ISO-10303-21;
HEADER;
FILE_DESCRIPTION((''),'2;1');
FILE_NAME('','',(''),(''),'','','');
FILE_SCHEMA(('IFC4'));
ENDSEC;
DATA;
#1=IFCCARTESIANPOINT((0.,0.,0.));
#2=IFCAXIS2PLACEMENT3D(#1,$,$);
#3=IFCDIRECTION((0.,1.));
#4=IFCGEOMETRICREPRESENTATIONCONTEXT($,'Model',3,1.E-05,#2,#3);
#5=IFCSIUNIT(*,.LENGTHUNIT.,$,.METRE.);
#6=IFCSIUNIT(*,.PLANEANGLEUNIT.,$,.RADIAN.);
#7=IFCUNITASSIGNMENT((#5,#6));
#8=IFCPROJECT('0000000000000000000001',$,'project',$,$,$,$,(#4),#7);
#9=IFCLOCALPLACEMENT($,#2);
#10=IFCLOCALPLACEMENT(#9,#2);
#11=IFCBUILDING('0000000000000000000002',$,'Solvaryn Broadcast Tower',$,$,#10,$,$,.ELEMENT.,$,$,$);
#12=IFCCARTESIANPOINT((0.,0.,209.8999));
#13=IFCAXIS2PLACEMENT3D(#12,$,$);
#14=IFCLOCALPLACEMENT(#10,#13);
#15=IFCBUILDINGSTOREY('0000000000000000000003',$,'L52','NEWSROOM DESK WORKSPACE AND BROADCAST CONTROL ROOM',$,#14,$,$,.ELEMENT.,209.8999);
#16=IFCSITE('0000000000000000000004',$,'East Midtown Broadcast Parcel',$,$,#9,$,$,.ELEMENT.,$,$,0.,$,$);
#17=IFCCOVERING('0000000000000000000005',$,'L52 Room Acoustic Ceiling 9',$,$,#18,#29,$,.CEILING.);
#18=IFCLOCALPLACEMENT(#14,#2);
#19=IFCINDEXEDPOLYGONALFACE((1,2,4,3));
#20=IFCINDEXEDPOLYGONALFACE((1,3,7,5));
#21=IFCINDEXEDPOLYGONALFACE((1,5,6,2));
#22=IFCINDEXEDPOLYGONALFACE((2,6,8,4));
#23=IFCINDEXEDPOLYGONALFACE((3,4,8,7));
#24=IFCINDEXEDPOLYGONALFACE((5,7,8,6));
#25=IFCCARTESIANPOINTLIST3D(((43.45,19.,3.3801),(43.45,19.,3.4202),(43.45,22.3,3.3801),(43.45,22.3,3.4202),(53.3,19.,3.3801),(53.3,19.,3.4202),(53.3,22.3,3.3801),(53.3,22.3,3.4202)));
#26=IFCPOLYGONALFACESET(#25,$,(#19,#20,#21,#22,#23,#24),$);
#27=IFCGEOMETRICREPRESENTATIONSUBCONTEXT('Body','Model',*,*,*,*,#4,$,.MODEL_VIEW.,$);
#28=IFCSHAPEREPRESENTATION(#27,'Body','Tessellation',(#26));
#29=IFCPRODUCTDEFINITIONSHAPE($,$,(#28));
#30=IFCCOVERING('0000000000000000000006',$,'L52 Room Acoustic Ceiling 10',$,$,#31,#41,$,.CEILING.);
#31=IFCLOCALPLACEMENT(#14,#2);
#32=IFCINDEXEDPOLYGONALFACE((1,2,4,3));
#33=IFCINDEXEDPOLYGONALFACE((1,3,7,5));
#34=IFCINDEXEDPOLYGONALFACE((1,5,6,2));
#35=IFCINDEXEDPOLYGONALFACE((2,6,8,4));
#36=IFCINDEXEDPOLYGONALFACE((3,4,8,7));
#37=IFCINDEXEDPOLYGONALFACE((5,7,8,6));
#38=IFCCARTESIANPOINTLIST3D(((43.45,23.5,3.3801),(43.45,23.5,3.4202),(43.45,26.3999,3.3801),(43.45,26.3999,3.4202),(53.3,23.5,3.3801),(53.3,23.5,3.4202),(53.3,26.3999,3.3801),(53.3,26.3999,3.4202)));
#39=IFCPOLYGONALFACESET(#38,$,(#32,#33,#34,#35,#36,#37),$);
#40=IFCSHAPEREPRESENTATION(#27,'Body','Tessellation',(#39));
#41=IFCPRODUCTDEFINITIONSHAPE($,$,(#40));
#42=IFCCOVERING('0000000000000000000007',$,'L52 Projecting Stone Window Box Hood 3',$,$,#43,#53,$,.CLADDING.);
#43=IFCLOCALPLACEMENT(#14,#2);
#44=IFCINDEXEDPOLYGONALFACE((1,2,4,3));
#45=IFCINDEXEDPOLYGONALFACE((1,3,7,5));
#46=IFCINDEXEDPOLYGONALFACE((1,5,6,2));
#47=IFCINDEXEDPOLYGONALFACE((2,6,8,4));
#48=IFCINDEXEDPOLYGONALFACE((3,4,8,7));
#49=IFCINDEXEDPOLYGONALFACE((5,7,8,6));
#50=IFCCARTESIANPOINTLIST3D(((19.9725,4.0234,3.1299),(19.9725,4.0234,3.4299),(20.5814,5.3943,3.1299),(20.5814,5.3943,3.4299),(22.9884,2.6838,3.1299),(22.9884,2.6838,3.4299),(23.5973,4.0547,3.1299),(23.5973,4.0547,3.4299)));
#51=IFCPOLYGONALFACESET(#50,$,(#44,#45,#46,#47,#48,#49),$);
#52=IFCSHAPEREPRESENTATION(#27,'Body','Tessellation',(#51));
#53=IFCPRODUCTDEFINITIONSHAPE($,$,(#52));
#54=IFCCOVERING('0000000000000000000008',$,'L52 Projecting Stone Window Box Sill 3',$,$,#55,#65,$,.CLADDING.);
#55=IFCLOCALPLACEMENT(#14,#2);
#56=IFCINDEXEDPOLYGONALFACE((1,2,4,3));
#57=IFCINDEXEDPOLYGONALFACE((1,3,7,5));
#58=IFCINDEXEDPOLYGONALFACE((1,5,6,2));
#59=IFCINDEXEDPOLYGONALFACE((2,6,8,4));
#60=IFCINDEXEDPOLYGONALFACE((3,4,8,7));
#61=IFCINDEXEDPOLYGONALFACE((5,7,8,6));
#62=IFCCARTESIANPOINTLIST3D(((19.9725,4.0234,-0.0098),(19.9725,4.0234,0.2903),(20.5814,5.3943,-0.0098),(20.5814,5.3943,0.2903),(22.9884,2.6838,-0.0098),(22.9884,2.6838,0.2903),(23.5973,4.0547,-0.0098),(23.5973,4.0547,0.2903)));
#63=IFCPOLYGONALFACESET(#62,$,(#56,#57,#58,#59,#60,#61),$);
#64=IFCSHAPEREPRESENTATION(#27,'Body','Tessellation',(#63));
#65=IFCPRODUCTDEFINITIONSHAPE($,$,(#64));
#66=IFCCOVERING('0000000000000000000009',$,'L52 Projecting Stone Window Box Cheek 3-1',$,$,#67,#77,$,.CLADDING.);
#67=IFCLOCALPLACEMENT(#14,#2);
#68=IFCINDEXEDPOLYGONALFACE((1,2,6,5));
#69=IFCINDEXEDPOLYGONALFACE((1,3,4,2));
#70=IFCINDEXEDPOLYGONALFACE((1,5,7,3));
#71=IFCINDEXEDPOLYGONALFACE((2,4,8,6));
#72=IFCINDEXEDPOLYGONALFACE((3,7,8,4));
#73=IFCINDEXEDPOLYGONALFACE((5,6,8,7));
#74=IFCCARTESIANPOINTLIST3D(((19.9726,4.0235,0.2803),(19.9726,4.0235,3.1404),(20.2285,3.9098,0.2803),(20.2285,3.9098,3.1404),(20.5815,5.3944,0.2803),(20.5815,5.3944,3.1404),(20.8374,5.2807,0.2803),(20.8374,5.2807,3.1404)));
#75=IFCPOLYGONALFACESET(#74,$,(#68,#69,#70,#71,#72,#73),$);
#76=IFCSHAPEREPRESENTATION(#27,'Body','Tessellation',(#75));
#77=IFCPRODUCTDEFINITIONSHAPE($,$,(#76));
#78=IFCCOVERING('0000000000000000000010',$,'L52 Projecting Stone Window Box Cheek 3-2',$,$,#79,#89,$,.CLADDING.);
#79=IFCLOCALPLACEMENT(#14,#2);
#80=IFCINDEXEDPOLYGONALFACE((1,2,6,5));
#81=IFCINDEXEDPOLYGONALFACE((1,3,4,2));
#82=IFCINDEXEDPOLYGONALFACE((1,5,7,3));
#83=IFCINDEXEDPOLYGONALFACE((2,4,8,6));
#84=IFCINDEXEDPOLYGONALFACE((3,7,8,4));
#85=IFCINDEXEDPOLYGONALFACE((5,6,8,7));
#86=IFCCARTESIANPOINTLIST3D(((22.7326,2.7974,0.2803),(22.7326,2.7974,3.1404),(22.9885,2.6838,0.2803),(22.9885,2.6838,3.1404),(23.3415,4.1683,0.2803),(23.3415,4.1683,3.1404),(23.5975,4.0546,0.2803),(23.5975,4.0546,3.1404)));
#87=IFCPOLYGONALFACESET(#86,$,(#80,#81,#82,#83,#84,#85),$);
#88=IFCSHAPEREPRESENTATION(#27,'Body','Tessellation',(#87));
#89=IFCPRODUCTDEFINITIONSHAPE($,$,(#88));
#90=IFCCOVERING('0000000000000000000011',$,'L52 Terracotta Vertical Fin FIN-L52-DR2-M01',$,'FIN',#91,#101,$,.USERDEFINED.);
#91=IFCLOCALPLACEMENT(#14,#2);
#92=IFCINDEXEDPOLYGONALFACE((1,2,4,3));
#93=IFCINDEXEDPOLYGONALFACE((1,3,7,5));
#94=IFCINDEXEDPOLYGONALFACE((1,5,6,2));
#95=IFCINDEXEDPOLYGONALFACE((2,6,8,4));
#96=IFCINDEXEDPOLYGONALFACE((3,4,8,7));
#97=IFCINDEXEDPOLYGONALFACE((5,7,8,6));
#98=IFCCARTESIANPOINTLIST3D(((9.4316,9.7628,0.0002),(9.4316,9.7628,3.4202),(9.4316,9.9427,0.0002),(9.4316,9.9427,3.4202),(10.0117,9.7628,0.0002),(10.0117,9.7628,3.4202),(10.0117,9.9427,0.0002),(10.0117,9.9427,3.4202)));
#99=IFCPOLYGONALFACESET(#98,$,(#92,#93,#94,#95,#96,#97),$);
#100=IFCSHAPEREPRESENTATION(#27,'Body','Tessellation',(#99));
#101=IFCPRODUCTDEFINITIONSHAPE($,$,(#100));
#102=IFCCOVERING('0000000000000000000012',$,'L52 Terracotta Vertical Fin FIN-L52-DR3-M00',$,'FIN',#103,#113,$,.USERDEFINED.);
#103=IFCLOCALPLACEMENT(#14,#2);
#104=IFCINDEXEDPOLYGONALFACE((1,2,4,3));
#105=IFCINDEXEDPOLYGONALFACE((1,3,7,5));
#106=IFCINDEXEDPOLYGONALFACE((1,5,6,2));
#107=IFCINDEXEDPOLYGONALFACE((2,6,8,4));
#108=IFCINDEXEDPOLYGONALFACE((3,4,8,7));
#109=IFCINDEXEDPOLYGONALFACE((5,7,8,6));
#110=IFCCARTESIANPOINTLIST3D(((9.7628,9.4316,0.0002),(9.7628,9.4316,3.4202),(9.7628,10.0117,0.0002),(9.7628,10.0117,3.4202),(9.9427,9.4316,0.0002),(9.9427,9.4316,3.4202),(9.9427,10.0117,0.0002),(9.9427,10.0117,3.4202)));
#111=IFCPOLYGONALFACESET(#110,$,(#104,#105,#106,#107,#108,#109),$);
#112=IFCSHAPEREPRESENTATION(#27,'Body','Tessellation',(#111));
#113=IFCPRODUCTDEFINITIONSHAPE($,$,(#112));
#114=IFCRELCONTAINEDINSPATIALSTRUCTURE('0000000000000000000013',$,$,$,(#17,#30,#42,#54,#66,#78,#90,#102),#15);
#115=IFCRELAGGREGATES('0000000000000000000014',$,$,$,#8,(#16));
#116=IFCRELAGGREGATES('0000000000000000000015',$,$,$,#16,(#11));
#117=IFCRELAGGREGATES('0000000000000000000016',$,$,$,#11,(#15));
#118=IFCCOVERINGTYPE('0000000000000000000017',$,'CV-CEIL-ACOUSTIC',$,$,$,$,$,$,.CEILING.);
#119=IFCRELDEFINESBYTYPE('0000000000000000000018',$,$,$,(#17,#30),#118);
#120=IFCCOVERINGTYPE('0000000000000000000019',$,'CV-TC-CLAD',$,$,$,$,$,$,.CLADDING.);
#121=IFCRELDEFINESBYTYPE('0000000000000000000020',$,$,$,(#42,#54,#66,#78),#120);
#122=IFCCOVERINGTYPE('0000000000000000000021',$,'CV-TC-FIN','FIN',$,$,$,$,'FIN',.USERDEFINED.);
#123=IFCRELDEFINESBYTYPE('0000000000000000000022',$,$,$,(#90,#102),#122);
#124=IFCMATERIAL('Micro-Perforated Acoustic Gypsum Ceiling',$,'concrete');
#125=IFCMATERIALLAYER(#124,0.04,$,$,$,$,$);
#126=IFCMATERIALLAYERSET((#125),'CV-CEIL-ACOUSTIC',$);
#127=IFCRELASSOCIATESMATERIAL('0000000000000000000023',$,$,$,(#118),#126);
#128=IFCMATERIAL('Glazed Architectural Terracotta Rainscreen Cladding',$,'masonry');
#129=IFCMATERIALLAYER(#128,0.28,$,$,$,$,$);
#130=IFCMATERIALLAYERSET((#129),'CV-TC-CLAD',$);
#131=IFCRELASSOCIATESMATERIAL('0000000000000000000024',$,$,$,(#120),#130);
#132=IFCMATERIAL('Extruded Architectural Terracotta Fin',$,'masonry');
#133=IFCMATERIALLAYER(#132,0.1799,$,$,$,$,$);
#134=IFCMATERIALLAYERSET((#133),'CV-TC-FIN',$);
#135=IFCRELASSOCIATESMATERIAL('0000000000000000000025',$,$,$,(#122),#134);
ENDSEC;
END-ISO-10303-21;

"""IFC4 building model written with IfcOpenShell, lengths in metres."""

from ifc_helpers import new_model, si_unit, direction, frame, origin, origin_2d, place, context, subcontext, project, spatial, polyline, rectangle, outline, extrude, material, layer, layer_set, type_object, element, save


model = new_model("IFC4")

# Units and contexts
model_context = context("Model", 3, precision=1e-05, world=origin(), true_north=direction((0.0, 1.0)))
body_context = subcontext(model_context, "Body", "Model", "MODEL_VIEW")
ifc_project = project(units=[si_unit("LENGTHUNIT", "METRE"), si_unit("PLANEANGLEUNIT", "RADIAN")], contexts=[model_context])

# Site, building, storey
site_placement = place(None, origin())
site = spatial("IfcSite", under=ifc_project, at=site_placement, Name="East Midtown Broadcast Parcel", CompositionType="ELEMENT", RefElevation=0.0)
building_placement = place(site_placement, origin())
building = spatial("IfcBuilding", under=site, at=building_placement, Name="Solvaryn Broadcast Tower", CompositionType="ELEMENT")
storey_placement = place(building_placement, frame((0.0, 0.0, 209.8999)))
storey = spatial("IfcBuildingStorey", under=building, at=storey_placement, Name="L52", Description="NEWSROOM DESK WORKSPACE AND BROADCAST CONTROL ROOM", CompositionType="ELEMENT", Elevation=209.8999)

# Coverings
ifc_material_1 = material(Name="Micro-Perforated Acoustic Gypsum Ceiling", Category="concrete")
ifc_layer_1 = layer(ifc_material_1, 0.04)
ifc_layer_set_1 = layer_set([ifc_layer_1], Name="CV-CEIL-ACOUSTIC")
covering_type_1 = type_object("IfcCoveringType", Name="CV-CEIL-ACOUSTIC", PredefinedType="CEILING", material=ifc_layer_set_1)
covering_1_placement = place(storey_placement, frame((0.0, 0.0, 3.3801)))
element("IfcCovering", 1, at=covering_1_placement, inside=storey, type_object=covering_type_1, Name="L52 Room Acoustic Ceiling 9", PredefinedType="CEILING", context=body_context, shape_type="SweptSolid", body=[
    extrude(outline(polyline([(43.45, 19.0), (53.3, 19.0), (53.3, 22.3), (43.45, 22.3), (43.45, 19.0)])), origin(), (0.0, 0.0, 1.0), 0.04),
])
covering_2_placement = place(storey_placement, frame((0.0, 0.0, 3.3801)))
element("IfcCovering", 2, at=covering_2_placement, inside=storey, type_object=covering_type_1, Name="L52 Room Acoustic Ceiling 10", PredefinedType="CEILING", context=body_context, shape_type="SweptSolid", body=[
    extrude(outline(polyline([(43.45, 23.5), (53.3, 23.5), (53.3, 26.3999), (43.45, 26.3999), (43.45, 23.5)])), origin(), (0.0, 0.0, 1.0), 0.04),
])
ifc_material_2 = material(Name="Glazed Architectural Terracotta Rainscreen Cladding", Category="masonry")
ifc_layer_2 = layer(ifc_material_2, 0.28)
ifc_layer_set_2 = layer_set([ifc_layer_2], Name="CV-TC-CLAD")
covering_type_2 = type_object("IfcCoveringType", Name="CV-TC-CLAD", PredefinedType="CLADDING", material=ifc_layer_set_2)
for number, where, z_axis, x_axis, name in (
    (3, (21.7849, 4.0391, 3.1299), (0.0, 0.0, 1.0), (0.9139, -0.405939, 0.0), "L52 Projecting Stone Window Box Hood 3"),
    (4, (21.7849, 4.0391, -0.0098), (0.0, 0.0, 1.0), (0.9139, -0.405939, 0.0), "L52 Projecting Stone Window Box Sill 3"),
):
    element("IfcCovering", number, at=place(storey_placement, frame(where, z_axis=z_axis, x_axis=x_axis)), inside=storey, type_object=covering_type_2, Name=name, PredefinedType="CLADDING", context=body_context, shape_type="SweptSolid", body=[
        extrude(rectangle(XDim=3.3, YDim=1.5, at=origin_2d()), origin(), (0.0, 0.0, 1.0), 0.3),
    ])
for number, where, z_axis, x_axis, name in (
    (5, (20.405, 4.6521, 0.2803), (0.0, 0.0, 1.0), (0.9139, -0.405939, 0.0), "L52 Projecting Stone Window Box Cheek 3-1"),
    (6, (23.165, 3.426, 0.2803), (0.0, 0.0, 1.0), (0.9139, -0.405939, 0.0), "L52 Projecting Stone Window Box Cheek 3-2"),
):
    element("IfcCovering", number, at=place(storey_placement, frame(where, z_axis=z_axis, x_axis=x_axis)), inside=storey, type_object=covering_type_2, Name=name, PredefinedType="CLADDING", context=body_context, shape_type="SweptSolid", body=[
        extrude(rectangle(XDim=0.28, YDim=1.5, at=origin_2d()), origin(), (0.0, 0.0, 1.0), 2.8601),
    ])
ifc_material_3 = material(Name="Extruded Architectural Terracotta Fin", Category="masonry")
ifc_layer_3 = layer(ifc_material_3, 0.1799)
ifc_layer_set_3 = layer_set([ifc_layer_3], Name="CV-TC-FIN")
covering_type_3 = type_object("IfcCoveringType", Name="CV-TC-FIN", Description="FIN", ElementType="FIN", PredefinedType="USERDEFINED", material=ifc_layer_set_3)
covering_3_placement = place(storey_placement, frame((9.7217, 9.8528, 0.0002), z_axis=(0.0, 0.0, 1.0), x_axis=(1.0, 0.0, 0.0)))
element("IfcCovering", 7, at=covering_3_placement, inside=storey, type_object=covering_type_3, Name="L52 Terracotta Vertical Fin FIN-L52-DR2-M01", ObjectType="FIN", PredefinedType="USERDEFINED", context=body_context, shape_type="SweptSolid", body=[
    extrude(rectangle(XDim=0.5801, YDim=0.1799, at=origin_2d()), origin(), (0.0, 0.0, 1.0), 3.4199),
])
covering_4_placement = place(storey_placement, frame((9.8528, 9.7217, 0.0002), z_axis=(0.0, 0.0, 1.0), x_axis=(1.0, 0.0, 0.0)))
element("IfcCovering", 8, at=covering_4_placement, inside=storey, type_object=covering_type_3, Name="L52 Terracotta Vertical Fin FIN-L52-DR3-M00", ObjectType="FIN", PredefinedType="USERDEFINED", context=body_context, shape_type="SweptSolid", body=[
    extrude(rectangle(XDim=0.1799, YDim=0.5801, at=origin_2d()), origin(), (0.0, 0.0, 1.0), 3.4199),
])

save(model, "model.ifc")
